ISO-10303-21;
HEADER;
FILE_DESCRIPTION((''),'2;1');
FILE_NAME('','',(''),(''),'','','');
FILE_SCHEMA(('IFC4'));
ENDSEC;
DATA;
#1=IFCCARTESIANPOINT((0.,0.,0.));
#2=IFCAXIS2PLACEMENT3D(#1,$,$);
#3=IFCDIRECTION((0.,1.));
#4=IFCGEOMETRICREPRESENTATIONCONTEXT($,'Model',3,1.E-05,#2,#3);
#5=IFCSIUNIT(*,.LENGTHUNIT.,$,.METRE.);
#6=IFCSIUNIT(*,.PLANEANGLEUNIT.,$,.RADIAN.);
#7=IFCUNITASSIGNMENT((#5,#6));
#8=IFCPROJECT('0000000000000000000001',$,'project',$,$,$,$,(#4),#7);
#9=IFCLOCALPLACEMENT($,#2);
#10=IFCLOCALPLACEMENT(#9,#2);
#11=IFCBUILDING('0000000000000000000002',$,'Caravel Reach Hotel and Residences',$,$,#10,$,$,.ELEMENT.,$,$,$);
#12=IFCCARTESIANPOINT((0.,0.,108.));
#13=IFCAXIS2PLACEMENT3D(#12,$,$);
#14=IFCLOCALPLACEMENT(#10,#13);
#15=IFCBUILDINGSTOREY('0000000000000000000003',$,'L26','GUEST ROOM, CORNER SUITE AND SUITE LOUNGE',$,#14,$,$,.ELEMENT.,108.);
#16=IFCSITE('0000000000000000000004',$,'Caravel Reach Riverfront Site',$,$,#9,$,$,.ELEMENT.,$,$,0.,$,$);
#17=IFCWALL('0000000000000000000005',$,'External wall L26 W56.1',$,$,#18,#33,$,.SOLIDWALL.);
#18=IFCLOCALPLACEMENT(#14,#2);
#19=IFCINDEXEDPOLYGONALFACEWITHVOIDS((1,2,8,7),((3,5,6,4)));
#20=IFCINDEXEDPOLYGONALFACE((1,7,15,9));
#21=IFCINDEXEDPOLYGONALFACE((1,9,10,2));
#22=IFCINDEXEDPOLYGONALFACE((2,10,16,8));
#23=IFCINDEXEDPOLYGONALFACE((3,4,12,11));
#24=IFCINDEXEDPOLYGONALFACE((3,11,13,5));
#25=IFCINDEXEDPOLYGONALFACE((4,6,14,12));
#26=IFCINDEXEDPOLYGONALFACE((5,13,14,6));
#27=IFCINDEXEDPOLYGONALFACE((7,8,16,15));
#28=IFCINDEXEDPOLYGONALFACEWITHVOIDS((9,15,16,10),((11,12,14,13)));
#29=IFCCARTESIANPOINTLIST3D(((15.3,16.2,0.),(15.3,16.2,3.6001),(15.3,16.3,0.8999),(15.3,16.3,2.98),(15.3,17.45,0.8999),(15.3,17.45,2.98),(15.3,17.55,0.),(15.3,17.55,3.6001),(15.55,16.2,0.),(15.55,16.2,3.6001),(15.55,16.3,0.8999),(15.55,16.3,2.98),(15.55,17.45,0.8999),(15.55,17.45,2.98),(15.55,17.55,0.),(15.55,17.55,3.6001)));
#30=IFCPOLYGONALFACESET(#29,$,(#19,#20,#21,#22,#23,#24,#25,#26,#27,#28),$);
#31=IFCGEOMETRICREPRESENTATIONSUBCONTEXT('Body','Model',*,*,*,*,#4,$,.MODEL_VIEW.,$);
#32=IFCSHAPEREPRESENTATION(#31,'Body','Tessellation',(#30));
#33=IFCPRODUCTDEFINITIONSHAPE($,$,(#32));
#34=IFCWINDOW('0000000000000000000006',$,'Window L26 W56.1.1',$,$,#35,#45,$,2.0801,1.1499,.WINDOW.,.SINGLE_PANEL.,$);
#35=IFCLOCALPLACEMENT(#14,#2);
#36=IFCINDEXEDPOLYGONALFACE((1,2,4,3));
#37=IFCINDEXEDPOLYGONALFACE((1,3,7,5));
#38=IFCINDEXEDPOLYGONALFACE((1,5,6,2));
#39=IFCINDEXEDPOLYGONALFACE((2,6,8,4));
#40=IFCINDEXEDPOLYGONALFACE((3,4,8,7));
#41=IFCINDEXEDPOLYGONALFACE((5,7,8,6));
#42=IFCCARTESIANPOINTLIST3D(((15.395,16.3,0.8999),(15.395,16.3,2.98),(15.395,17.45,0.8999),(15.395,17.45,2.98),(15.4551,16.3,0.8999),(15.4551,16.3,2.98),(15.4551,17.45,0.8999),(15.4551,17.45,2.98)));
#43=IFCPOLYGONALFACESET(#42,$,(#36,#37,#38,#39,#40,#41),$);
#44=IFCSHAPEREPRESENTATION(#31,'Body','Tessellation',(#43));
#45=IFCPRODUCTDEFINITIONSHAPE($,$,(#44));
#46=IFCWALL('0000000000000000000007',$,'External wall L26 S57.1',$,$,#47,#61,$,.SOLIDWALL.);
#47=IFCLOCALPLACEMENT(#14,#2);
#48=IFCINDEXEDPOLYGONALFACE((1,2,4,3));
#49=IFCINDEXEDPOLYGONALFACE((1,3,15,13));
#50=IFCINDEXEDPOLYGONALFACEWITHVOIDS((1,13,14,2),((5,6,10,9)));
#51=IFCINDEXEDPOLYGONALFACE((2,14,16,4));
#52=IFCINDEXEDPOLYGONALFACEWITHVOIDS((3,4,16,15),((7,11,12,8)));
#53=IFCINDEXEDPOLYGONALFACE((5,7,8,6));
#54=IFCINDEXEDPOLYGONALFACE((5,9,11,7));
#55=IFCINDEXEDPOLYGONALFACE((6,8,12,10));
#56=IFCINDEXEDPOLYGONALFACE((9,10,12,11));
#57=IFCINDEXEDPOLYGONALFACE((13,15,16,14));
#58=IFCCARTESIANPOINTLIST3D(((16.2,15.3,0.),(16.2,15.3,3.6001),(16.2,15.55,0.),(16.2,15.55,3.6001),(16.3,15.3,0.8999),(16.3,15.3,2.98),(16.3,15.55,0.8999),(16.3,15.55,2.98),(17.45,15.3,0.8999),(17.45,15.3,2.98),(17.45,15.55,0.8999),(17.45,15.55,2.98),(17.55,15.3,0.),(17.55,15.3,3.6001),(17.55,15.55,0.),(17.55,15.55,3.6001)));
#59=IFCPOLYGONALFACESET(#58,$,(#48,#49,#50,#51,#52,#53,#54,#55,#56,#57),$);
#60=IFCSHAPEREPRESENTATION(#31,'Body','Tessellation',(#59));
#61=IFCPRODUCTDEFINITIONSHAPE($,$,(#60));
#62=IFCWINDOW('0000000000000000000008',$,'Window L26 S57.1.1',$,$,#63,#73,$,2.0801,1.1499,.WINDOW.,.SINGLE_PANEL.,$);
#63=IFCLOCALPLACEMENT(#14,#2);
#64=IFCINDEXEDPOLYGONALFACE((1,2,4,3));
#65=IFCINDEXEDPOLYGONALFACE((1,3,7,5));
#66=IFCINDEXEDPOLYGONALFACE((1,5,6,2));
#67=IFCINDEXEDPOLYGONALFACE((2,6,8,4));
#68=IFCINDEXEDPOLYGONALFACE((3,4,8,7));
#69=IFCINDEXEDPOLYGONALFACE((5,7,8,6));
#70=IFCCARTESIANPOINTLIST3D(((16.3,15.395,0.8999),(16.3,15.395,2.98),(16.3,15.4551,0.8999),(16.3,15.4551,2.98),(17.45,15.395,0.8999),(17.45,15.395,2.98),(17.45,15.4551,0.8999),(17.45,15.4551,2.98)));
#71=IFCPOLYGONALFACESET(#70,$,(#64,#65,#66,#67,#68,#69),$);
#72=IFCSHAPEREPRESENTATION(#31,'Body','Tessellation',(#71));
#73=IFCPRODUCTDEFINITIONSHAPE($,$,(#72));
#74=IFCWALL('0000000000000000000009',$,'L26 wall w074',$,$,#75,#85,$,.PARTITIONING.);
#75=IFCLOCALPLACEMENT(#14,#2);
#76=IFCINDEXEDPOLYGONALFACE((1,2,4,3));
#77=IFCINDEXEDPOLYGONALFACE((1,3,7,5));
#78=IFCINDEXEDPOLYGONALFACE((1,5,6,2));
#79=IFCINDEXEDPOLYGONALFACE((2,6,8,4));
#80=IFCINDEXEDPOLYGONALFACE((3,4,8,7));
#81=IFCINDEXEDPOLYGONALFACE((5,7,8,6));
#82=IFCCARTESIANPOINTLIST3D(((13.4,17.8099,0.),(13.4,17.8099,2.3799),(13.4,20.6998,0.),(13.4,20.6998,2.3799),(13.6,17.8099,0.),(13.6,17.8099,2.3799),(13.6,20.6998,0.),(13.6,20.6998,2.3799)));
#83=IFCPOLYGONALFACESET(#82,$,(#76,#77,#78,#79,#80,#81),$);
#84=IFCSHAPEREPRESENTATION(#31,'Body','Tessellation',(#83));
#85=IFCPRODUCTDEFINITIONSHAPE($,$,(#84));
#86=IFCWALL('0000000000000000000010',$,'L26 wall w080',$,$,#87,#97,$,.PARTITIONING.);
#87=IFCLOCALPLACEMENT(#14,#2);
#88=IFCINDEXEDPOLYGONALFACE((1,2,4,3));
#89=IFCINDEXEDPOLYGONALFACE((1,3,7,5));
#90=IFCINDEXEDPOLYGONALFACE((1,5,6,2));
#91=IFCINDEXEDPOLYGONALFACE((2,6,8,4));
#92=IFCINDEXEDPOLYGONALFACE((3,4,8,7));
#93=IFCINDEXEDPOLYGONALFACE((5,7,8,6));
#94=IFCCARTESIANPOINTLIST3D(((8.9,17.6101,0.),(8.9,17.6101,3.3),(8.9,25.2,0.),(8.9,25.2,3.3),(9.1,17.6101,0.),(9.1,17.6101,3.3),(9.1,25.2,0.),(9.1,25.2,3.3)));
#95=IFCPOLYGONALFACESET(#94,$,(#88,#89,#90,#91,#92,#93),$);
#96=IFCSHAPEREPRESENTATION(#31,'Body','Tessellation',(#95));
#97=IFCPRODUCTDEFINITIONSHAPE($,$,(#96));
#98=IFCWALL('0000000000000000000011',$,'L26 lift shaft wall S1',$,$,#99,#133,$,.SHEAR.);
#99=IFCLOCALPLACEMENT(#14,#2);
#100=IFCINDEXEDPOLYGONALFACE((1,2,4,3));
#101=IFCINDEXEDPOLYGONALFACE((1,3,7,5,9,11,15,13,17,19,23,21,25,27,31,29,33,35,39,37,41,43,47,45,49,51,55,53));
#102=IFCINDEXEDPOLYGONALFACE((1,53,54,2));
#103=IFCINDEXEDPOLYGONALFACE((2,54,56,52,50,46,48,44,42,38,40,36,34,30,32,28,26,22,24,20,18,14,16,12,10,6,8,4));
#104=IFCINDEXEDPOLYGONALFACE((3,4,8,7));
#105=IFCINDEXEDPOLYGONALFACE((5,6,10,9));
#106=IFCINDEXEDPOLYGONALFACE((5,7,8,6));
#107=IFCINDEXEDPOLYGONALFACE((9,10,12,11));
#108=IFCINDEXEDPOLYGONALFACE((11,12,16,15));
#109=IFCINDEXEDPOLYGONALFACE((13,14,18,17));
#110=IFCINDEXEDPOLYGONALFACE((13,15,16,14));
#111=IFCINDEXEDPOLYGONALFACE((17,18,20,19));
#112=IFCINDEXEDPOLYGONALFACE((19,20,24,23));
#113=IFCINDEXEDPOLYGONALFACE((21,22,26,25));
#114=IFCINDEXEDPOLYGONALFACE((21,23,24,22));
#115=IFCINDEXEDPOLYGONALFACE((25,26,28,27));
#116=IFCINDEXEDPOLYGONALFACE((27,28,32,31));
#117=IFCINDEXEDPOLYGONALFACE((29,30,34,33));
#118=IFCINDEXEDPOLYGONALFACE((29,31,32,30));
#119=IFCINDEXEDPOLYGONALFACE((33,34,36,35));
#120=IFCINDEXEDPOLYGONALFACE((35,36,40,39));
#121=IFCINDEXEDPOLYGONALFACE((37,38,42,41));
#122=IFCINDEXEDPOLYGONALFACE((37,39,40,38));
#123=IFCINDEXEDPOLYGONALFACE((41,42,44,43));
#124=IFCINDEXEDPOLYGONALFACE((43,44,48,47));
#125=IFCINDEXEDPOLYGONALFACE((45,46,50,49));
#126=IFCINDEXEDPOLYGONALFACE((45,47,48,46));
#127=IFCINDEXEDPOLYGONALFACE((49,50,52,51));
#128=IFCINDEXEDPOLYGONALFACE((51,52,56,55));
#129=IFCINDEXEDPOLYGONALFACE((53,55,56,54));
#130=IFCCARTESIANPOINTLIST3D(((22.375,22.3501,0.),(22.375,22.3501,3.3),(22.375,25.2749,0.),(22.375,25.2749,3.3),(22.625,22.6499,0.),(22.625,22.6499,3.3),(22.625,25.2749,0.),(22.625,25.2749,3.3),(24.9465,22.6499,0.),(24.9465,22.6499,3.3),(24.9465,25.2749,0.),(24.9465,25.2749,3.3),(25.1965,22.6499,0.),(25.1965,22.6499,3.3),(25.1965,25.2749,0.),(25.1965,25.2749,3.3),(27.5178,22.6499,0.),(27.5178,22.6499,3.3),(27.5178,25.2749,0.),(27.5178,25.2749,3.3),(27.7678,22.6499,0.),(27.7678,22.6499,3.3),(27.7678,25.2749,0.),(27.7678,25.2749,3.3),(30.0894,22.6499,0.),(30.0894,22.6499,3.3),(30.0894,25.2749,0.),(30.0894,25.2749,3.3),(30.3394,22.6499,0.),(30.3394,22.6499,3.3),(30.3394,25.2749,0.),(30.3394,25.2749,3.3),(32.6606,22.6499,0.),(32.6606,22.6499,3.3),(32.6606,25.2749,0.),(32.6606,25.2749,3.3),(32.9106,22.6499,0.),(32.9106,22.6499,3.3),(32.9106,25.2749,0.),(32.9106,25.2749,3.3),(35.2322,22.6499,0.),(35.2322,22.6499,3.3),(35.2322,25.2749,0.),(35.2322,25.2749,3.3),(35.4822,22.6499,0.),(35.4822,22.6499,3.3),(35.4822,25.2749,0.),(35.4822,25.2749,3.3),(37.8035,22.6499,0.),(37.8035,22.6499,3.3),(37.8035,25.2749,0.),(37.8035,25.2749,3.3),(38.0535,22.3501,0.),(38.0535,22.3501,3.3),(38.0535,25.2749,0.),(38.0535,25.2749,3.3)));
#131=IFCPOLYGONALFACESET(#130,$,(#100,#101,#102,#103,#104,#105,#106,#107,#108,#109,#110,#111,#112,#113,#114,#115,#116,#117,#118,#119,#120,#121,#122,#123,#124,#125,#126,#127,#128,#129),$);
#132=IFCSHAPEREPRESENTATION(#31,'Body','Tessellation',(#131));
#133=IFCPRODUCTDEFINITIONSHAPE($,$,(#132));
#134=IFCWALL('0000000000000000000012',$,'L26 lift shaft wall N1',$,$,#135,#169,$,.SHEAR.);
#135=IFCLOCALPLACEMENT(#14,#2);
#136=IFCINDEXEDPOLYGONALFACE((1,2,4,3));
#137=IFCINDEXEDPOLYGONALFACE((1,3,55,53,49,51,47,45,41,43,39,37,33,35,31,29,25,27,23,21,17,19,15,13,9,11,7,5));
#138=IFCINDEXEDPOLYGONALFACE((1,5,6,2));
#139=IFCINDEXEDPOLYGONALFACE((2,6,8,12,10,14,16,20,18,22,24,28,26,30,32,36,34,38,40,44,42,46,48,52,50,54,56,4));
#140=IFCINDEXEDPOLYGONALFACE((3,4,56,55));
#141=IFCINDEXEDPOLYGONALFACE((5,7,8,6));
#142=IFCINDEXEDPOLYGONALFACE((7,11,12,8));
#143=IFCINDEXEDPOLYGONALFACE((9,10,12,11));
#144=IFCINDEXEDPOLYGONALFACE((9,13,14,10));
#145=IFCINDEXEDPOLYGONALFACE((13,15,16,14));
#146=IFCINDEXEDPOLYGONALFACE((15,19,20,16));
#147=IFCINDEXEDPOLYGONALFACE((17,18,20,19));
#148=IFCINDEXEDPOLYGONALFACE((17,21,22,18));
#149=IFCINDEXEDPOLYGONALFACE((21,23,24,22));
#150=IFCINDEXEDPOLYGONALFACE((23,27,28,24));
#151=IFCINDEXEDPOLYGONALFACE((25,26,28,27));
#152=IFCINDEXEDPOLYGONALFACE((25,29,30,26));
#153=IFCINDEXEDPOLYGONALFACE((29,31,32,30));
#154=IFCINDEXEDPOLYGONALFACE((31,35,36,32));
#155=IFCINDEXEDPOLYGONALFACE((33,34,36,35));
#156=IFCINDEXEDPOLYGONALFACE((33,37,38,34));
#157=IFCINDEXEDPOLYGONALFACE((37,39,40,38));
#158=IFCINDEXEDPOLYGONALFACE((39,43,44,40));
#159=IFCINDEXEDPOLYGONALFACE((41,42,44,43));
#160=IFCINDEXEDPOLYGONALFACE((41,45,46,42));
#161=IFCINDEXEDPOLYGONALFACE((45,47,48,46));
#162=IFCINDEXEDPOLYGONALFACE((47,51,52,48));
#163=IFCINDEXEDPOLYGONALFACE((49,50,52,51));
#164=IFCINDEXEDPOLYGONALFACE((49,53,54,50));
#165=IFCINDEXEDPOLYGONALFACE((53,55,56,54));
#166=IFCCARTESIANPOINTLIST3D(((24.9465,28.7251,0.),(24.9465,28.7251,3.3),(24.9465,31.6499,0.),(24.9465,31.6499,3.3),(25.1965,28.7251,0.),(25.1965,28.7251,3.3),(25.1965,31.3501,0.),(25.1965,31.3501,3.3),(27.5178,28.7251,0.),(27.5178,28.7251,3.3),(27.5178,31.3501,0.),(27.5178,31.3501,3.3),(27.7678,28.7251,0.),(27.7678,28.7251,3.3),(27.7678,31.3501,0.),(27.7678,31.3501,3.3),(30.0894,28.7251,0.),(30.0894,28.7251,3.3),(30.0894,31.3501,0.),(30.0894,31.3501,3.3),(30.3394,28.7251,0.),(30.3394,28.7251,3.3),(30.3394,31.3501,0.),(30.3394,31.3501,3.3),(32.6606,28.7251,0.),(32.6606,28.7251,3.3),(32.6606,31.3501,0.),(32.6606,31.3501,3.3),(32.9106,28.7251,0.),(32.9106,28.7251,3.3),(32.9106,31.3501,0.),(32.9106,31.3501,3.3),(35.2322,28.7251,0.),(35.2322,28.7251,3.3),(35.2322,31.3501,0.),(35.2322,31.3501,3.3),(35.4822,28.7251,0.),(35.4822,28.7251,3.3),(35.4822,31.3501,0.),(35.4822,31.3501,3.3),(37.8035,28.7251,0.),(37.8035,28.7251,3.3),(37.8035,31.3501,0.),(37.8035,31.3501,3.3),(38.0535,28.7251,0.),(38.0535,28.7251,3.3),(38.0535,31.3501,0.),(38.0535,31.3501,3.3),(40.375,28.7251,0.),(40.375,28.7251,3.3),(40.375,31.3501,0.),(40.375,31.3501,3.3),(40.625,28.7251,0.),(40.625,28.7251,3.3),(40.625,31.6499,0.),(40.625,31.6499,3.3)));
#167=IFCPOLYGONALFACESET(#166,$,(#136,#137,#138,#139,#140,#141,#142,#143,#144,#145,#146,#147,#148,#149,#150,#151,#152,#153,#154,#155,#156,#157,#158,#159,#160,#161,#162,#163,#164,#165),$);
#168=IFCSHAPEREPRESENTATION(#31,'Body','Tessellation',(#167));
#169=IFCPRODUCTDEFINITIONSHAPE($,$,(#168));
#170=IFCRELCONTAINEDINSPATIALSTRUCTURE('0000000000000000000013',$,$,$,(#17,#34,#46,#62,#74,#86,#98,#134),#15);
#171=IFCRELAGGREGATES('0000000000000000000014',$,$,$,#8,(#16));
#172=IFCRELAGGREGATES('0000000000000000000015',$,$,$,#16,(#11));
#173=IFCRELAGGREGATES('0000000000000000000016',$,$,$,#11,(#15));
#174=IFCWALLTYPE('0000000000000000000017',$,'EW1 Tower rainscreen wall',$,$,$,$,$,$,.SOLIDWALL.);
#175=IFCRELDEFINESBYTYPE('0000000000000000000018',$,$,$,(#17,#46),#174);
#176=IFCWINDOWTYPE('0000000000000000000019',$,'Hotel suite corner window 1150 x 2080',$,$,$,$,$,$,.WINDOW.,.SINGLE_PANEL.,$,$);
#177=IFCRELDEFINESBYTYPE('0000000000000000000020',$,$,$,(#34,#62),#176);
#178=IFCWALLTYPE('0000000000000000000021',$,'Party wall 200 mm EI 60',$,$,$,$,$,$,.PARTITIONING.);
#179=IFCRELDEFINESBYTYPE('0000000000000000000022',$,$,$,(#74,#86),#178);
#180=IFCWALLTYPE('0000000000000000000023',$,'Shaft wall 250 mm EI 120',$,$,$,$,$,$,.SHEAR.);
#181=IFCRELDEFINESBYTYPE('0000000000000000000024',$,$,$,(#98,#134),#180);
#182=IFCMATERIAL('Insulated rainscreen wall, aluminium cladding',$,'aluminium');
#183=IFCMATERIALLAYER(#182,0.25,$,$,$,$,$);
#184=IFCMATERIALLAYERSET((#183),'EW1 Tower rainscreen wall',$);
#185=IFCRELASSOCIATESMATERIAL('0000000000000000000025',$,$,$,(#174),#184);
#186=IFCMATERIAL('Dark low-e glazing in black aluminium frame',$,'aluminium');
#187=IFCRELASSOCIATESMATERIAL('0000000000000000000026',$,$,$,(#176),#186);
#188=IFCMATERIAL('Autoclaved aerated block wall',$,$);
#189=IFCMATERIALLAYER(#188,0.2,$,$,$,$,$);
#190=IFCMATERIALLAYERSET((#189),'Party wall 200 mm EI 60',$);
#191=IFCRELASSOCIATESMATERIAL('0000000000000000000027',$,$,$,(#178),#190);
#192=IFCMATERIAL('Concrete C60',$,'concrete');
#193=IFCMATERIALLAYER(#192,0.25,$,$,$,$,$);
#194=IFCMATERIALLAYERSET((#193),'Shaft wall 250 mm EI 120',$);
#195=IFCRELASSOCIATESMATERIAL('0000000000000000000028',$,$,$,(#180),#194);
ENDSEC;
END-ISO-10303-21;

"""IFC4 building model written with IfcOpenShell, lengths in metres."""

from ifc_helpers import new_model, si_unit, direction, frame, frame_2d, origin, place, context, subcontext, project, spatial, polyline, rectangle, outline, extrude, material, layer, layer_set, type_object, element, fill, save


model = new_model("IFC4")

# Units and contexts
model_context = context("Model", 3, precision=1e-05, world=origin(), true_north=direction((0.0, 1.0)))
body_context = subcontext(model_context, "Body", "Model", "MODEL_VIEW")
ifc_project = project(units=[si_unit("LENGTHUNIT", "METRE"), si_unit("PLANEANGLEUNIT", "RADIAN")], contexts=[model_context])

# Site, building, storey
site_placement = place(None, origin())
site = spatial("IfcSite", under=ifc_project, at=site_placement, Name="Caravel Reach Riverfront Site", CompositionType="ELEMENT", RefElevation=0.0)
building_placement = place(site_placement, origin())
building = spatial("IfcBuilding", under=site, at=building_placement, Name="Caravel Reach Hotel and Residences", CompositionType="ELEMENT")
storey_placement = place(building_placement, frame((0.0, 0.0, 108.0)))
storey = spatial("IfcBuildingStorey", under=building, at=storey_placement, Name="L26", Description="GUEST ROOM, CORNER SUITE AND SUITE LOUNGE", CompositionType="ELEMENT", Elevation=108.0)

# Shared definitions
ifc_material_1 = material(Name="Insulated rainscreen wall, aluminium cladding", Category="aluminium")
ifc_layer_1 = layer(ifc_material_1, 0.25)
ifc_layer_set_1 = layer_set([ifc_layer_1], Name="EW1 Tower rainscreen wall")
wall_type_1 = type_object("IfcWallType", Name="EW1 Tower rainscreen wall", PredefinedType="SOLIDWALL", material=ifc_layer_set_1)

# Walls, openings, windows
ifc_material_2 = material(Name="Dark low-e glazing in black aluminium frame", Category="aluminium")
window_type_1 = type_object("IfcWindowType", Name="Hotel suite corner window 1150 x 2080", PartitioningType="SINGLE_PANEL", PredefinedType="WINDOW", material=ifc_material_2)
wall_1_placement = place(storey_placement, frame((15.425, 17.55, 0.0), z_axis=(0.0, 0.0, 1.0), x_axis=(0.0, -1.0, 0.0)))
wall_1 = element("IfcWall", 1, at=wall_1_placement, inside=storey, type_object=wall_type_1, Name="External wall L26 W56.1", PredefinedType="SOLIDWALL", context=body_context, shape_type="SweptSolid", body=[
    extrude(rectangle(XDim=1.3501, YDim=0.25, at=frame_2d((0.675, 0.0))), origin(), (0.0, 0.0, 1.0), 3.6001),
])
opening_1_placement = place(wall_1_placement, frame((0.1001, 0.0, 0.8999)))
opening_1 = element("IfcOpeningElement", 2, at=opening_1_placement, cuts=wall_1, PredefinedType="OPENING", context=body_context, shape_type="SweptSolid", body=[
    extrude(rectangle(XDim=1.1499, YDim=2.0801, at=frame_2d((0.575, 1.04))), frame((0.0, 0.135, 0.0), z_axis=(0.0, -1.0, 0.0), x_axis=(1.0, 0.0, 0.0)), (0.0, 0.0, 1.0), 0.27),
])
window_1_placement = place(opening_1_placement, origin())
window_1 = element("IfcWindow", 3, at=window_1_placement, inside=storey, type_object=window_type_1, Name="Window L26 W56.1.1", OverallHeight=2.0801, OverallWidth=1.1499, PartitioningType="SINGLE_PANEL", PredefinedType="WINDOW", context=body_context, shape_type="SweptSolid", body=[
    extrude(rectangle(XDim=1.1499, YDim=2.0801, at=frame_2d((0.575, 1.04))), frame((0.0, 0.03, 0.0), z_axis=(0.0, -1.0, 0.0), x_axis=(1.0, 0.0, 0.0)), (0.0, 0.0, 1.0), 0.0601),
])
fill(opening_1, window_1)
wall_2_placement = place(storey_placement, frame((16.2, 15.425, 0.0), z_axis=(0.0, 0.0, 1.0), x_axis=(1.0, 0.0, 0.0)))
wall_2 = element("IfcWall", 4, at=wall_2_placement, inside=storey, type_object=wall_type_1, Name="External wall L26 S57.1", PredefinedType="SOLIDWALL", context=body_context, shape_type="SweptSolid", body=[
    extrude(rectangle(XDim=1.3501, YDim=0.25, at=frame_2d((0.675, 0.0))), origin(), (0.0, 0.0, 1.0), 3.6001),
])
opening_2_placement = place(wall_2_placement, frame((0.1001, 0.0, 0.8999)))
opening_2 = element("IfcOpeningElement", 5, at=opening_2_placement, cuts=wall_2, PredefinedType="OPENING", context=body_context, shape_type="SweptSolid", body=[
    extrude(rectangle(XDim=1.1499, YDim=2.0801, at=frame_2d((0.575, 1.04))), frame((0.0, 0.135, 0.0), z_axis=(0.0, -1.0, 0.0), x_axis=(1.0, 0.0, 0.0)), (0.0, 0.0, 1.0), 0.27),
])
window_2_placement = place(opening_2_placement, origin())
window_2 = element("IfcWindow", 6, at=window_2_placement, inside=storey, type_object=window_type_1, Name="Window L26 S57.1.1", OverallHeight=2.0801, OverallWidth=1.1499, PartitioningType="SINGLE_PANEL", PredefinedType="WINDOW", context=body_context, shape_type="SweptSolid", body=[
    extrude(rectangle(XDim=1.1499, YDim=2.0801, at=frame_2d((0.575, 1.04))), frame((0.0, 0.03, 0.0), z_axis=(0.0, -1.0, 0.0), x_axis=(1.0, 0.0, 0.0)), (0.0, 0.0, 1.0), 0.0601),
])
fill(opening_2, window_2)

# Walls
ifc_material_3 = material(Name="Autoclaved aerated block wall")
ifc_layer_2 = layer(ifc_material_3, 0.2)
ifc_layer_set_2 = layer_set([ifc_layer_2], Name="Party wall 200 mm EI 60")
wall_type_2 = type_object("IfcWallType", Name="Party wall 200 mm EI 60", PredefinedType="PARTITIONING", material=ifc_layer_set_2)
wall_3_placement = place(storey_placement, frame((13.5, 17.8101, 0.0), z_axis=(0.0, 0.0, 1.0), x_axis=(0.0, 1.0, 0.0)))
element("IfcWall", 7, at=wall_3_placement, inside=storey, type_object=wall_type_2, Name="L26 wall w074", PredefinedType="PARTITIONING", context=body_context, shape_type="SweptSolid", body=[
    extrude(rectangle(XDim=2.8899, YDim=0.2, at=frame_2d((1.4448, 0.0))), origin(), (0.0, 0.0, 1.0), 2.3799),
])
wall_4_placement = place(storey_placement, frame((9.0, 17.6101, 0.0), z_axis=(0.0, 0.0, 1.0), x_axis=(0.0, 1.0, 0.0)))
element("IfcWall", 8, at=wall_4_placement, inside=storey, type_object=wall_type_2, Name="L26 wall w080", PredefinedType="PARTITIONING", context=body_context, shape_type="SweptSolid", body=[
    extrude(rectangle(XDim=7.5898, YDim=0.2, at=frame_2d((3.7949, 0.0))), origin(), (0.0, 0.0, 1.0), 3.3),
])
ifc_material_4 = material(Name="Concrete C60", Category="concrete")
ifc_layer_3 = layer(ifc_material_4, 0.25)
ifc_layer_set_3 = layer_set([ifc_layer_3], Name="Shaft wall 250 mm EI 120")
wall_type_3 = type_object("IfcWallType", Name="Shaft wall 250 mm EI 120", PredefinedType="SHEAR", material=ifc_layer_set_3)
wall_5_placement = place(storey_placement, origin())
element("IfcWall", 9, at=wall_5_placement, inside=storey, type_object=wall_type_3, Name="L26 lift shaft wall S1", PredefinedType="SHEAR", context=body_context, shape_type="SweptSolid", body=[
    extrude(outline(polyline([(22.375, 22.3501), (38.0535, 22.3501), (38.0535, 25.2749), (37.8035, 25.2749), (37.8035, 22.6499), (35.4822, 22.6499), (35.4822, 25.2749), (35.2322, 25.2749), (35.2322, 22.6499), (32.9106, 22.6499), (32.9106, 25.2749), (32.6606, 25.2749), (32.6606, 22.6499), (30.3394, 22.6499), (30.3394, 25.2749), (30.0894, 25.2749), (30.0894, 22.6499), (27.7678, 22.6499), (27.7678, 25.2749), (27.5178, 25.2749), (27.5178, 22.6499), (25.1965, 22.6499), (25.1965, 25.2749), (24.9465, 25.2749), (24.9465, 22.6499), (22.625, 22.6499), (22.625, 25.2749), (22.375, 25.2749), (22.375, 22.3501)])), origin(), (0.0, 0.0, 1.0), 3.3),
])
wall_6_placement = place(storey_placement, origin())
element("IfcWall", 10, at=wall_6_placement, inside=storey, type_object=wall_type_3, Name="L26 lift shaft wall N1", PredefinedType="SHEAR", context=body_context, shape_type="SweptSolid", body=[
    extrude(outline(polyline([(24.9465, 28.7251), (25.1965, 28.7251), (25.1965, 31.3501), (27.5178, 31.3501), (27.5178, 28.7251), (27.7678, 28.7251), (27.7678, 31.3501), (30.0894, 31.3501), (30.0894, 28.7251), (30.3394, 28.7251), (30.3394, 31.3501), (32.6606, 31.3501), (32.6606, 28.7251), (32.9106, 28.7251), (32.9106, 31.3501), (35.2322, 31.3501), (35.2322, 28.7251), (35.4822, 28.7251), (35.4822, 31.3501), (37.8035, 31.3501), (37.8035, 28.7251), (38.0535, 28.7251), (38.0535, 31.3501), (40.375, 31.3501), (40.375, 28.7251), (40.625, 28.7251), (40.625, 31.6499), (24.9465, 31.6499), (24.9465, 28.7251)])), origin(), (0.0, 0.0, 1.0), 3.3),
])

save(model, "model.ifc")
